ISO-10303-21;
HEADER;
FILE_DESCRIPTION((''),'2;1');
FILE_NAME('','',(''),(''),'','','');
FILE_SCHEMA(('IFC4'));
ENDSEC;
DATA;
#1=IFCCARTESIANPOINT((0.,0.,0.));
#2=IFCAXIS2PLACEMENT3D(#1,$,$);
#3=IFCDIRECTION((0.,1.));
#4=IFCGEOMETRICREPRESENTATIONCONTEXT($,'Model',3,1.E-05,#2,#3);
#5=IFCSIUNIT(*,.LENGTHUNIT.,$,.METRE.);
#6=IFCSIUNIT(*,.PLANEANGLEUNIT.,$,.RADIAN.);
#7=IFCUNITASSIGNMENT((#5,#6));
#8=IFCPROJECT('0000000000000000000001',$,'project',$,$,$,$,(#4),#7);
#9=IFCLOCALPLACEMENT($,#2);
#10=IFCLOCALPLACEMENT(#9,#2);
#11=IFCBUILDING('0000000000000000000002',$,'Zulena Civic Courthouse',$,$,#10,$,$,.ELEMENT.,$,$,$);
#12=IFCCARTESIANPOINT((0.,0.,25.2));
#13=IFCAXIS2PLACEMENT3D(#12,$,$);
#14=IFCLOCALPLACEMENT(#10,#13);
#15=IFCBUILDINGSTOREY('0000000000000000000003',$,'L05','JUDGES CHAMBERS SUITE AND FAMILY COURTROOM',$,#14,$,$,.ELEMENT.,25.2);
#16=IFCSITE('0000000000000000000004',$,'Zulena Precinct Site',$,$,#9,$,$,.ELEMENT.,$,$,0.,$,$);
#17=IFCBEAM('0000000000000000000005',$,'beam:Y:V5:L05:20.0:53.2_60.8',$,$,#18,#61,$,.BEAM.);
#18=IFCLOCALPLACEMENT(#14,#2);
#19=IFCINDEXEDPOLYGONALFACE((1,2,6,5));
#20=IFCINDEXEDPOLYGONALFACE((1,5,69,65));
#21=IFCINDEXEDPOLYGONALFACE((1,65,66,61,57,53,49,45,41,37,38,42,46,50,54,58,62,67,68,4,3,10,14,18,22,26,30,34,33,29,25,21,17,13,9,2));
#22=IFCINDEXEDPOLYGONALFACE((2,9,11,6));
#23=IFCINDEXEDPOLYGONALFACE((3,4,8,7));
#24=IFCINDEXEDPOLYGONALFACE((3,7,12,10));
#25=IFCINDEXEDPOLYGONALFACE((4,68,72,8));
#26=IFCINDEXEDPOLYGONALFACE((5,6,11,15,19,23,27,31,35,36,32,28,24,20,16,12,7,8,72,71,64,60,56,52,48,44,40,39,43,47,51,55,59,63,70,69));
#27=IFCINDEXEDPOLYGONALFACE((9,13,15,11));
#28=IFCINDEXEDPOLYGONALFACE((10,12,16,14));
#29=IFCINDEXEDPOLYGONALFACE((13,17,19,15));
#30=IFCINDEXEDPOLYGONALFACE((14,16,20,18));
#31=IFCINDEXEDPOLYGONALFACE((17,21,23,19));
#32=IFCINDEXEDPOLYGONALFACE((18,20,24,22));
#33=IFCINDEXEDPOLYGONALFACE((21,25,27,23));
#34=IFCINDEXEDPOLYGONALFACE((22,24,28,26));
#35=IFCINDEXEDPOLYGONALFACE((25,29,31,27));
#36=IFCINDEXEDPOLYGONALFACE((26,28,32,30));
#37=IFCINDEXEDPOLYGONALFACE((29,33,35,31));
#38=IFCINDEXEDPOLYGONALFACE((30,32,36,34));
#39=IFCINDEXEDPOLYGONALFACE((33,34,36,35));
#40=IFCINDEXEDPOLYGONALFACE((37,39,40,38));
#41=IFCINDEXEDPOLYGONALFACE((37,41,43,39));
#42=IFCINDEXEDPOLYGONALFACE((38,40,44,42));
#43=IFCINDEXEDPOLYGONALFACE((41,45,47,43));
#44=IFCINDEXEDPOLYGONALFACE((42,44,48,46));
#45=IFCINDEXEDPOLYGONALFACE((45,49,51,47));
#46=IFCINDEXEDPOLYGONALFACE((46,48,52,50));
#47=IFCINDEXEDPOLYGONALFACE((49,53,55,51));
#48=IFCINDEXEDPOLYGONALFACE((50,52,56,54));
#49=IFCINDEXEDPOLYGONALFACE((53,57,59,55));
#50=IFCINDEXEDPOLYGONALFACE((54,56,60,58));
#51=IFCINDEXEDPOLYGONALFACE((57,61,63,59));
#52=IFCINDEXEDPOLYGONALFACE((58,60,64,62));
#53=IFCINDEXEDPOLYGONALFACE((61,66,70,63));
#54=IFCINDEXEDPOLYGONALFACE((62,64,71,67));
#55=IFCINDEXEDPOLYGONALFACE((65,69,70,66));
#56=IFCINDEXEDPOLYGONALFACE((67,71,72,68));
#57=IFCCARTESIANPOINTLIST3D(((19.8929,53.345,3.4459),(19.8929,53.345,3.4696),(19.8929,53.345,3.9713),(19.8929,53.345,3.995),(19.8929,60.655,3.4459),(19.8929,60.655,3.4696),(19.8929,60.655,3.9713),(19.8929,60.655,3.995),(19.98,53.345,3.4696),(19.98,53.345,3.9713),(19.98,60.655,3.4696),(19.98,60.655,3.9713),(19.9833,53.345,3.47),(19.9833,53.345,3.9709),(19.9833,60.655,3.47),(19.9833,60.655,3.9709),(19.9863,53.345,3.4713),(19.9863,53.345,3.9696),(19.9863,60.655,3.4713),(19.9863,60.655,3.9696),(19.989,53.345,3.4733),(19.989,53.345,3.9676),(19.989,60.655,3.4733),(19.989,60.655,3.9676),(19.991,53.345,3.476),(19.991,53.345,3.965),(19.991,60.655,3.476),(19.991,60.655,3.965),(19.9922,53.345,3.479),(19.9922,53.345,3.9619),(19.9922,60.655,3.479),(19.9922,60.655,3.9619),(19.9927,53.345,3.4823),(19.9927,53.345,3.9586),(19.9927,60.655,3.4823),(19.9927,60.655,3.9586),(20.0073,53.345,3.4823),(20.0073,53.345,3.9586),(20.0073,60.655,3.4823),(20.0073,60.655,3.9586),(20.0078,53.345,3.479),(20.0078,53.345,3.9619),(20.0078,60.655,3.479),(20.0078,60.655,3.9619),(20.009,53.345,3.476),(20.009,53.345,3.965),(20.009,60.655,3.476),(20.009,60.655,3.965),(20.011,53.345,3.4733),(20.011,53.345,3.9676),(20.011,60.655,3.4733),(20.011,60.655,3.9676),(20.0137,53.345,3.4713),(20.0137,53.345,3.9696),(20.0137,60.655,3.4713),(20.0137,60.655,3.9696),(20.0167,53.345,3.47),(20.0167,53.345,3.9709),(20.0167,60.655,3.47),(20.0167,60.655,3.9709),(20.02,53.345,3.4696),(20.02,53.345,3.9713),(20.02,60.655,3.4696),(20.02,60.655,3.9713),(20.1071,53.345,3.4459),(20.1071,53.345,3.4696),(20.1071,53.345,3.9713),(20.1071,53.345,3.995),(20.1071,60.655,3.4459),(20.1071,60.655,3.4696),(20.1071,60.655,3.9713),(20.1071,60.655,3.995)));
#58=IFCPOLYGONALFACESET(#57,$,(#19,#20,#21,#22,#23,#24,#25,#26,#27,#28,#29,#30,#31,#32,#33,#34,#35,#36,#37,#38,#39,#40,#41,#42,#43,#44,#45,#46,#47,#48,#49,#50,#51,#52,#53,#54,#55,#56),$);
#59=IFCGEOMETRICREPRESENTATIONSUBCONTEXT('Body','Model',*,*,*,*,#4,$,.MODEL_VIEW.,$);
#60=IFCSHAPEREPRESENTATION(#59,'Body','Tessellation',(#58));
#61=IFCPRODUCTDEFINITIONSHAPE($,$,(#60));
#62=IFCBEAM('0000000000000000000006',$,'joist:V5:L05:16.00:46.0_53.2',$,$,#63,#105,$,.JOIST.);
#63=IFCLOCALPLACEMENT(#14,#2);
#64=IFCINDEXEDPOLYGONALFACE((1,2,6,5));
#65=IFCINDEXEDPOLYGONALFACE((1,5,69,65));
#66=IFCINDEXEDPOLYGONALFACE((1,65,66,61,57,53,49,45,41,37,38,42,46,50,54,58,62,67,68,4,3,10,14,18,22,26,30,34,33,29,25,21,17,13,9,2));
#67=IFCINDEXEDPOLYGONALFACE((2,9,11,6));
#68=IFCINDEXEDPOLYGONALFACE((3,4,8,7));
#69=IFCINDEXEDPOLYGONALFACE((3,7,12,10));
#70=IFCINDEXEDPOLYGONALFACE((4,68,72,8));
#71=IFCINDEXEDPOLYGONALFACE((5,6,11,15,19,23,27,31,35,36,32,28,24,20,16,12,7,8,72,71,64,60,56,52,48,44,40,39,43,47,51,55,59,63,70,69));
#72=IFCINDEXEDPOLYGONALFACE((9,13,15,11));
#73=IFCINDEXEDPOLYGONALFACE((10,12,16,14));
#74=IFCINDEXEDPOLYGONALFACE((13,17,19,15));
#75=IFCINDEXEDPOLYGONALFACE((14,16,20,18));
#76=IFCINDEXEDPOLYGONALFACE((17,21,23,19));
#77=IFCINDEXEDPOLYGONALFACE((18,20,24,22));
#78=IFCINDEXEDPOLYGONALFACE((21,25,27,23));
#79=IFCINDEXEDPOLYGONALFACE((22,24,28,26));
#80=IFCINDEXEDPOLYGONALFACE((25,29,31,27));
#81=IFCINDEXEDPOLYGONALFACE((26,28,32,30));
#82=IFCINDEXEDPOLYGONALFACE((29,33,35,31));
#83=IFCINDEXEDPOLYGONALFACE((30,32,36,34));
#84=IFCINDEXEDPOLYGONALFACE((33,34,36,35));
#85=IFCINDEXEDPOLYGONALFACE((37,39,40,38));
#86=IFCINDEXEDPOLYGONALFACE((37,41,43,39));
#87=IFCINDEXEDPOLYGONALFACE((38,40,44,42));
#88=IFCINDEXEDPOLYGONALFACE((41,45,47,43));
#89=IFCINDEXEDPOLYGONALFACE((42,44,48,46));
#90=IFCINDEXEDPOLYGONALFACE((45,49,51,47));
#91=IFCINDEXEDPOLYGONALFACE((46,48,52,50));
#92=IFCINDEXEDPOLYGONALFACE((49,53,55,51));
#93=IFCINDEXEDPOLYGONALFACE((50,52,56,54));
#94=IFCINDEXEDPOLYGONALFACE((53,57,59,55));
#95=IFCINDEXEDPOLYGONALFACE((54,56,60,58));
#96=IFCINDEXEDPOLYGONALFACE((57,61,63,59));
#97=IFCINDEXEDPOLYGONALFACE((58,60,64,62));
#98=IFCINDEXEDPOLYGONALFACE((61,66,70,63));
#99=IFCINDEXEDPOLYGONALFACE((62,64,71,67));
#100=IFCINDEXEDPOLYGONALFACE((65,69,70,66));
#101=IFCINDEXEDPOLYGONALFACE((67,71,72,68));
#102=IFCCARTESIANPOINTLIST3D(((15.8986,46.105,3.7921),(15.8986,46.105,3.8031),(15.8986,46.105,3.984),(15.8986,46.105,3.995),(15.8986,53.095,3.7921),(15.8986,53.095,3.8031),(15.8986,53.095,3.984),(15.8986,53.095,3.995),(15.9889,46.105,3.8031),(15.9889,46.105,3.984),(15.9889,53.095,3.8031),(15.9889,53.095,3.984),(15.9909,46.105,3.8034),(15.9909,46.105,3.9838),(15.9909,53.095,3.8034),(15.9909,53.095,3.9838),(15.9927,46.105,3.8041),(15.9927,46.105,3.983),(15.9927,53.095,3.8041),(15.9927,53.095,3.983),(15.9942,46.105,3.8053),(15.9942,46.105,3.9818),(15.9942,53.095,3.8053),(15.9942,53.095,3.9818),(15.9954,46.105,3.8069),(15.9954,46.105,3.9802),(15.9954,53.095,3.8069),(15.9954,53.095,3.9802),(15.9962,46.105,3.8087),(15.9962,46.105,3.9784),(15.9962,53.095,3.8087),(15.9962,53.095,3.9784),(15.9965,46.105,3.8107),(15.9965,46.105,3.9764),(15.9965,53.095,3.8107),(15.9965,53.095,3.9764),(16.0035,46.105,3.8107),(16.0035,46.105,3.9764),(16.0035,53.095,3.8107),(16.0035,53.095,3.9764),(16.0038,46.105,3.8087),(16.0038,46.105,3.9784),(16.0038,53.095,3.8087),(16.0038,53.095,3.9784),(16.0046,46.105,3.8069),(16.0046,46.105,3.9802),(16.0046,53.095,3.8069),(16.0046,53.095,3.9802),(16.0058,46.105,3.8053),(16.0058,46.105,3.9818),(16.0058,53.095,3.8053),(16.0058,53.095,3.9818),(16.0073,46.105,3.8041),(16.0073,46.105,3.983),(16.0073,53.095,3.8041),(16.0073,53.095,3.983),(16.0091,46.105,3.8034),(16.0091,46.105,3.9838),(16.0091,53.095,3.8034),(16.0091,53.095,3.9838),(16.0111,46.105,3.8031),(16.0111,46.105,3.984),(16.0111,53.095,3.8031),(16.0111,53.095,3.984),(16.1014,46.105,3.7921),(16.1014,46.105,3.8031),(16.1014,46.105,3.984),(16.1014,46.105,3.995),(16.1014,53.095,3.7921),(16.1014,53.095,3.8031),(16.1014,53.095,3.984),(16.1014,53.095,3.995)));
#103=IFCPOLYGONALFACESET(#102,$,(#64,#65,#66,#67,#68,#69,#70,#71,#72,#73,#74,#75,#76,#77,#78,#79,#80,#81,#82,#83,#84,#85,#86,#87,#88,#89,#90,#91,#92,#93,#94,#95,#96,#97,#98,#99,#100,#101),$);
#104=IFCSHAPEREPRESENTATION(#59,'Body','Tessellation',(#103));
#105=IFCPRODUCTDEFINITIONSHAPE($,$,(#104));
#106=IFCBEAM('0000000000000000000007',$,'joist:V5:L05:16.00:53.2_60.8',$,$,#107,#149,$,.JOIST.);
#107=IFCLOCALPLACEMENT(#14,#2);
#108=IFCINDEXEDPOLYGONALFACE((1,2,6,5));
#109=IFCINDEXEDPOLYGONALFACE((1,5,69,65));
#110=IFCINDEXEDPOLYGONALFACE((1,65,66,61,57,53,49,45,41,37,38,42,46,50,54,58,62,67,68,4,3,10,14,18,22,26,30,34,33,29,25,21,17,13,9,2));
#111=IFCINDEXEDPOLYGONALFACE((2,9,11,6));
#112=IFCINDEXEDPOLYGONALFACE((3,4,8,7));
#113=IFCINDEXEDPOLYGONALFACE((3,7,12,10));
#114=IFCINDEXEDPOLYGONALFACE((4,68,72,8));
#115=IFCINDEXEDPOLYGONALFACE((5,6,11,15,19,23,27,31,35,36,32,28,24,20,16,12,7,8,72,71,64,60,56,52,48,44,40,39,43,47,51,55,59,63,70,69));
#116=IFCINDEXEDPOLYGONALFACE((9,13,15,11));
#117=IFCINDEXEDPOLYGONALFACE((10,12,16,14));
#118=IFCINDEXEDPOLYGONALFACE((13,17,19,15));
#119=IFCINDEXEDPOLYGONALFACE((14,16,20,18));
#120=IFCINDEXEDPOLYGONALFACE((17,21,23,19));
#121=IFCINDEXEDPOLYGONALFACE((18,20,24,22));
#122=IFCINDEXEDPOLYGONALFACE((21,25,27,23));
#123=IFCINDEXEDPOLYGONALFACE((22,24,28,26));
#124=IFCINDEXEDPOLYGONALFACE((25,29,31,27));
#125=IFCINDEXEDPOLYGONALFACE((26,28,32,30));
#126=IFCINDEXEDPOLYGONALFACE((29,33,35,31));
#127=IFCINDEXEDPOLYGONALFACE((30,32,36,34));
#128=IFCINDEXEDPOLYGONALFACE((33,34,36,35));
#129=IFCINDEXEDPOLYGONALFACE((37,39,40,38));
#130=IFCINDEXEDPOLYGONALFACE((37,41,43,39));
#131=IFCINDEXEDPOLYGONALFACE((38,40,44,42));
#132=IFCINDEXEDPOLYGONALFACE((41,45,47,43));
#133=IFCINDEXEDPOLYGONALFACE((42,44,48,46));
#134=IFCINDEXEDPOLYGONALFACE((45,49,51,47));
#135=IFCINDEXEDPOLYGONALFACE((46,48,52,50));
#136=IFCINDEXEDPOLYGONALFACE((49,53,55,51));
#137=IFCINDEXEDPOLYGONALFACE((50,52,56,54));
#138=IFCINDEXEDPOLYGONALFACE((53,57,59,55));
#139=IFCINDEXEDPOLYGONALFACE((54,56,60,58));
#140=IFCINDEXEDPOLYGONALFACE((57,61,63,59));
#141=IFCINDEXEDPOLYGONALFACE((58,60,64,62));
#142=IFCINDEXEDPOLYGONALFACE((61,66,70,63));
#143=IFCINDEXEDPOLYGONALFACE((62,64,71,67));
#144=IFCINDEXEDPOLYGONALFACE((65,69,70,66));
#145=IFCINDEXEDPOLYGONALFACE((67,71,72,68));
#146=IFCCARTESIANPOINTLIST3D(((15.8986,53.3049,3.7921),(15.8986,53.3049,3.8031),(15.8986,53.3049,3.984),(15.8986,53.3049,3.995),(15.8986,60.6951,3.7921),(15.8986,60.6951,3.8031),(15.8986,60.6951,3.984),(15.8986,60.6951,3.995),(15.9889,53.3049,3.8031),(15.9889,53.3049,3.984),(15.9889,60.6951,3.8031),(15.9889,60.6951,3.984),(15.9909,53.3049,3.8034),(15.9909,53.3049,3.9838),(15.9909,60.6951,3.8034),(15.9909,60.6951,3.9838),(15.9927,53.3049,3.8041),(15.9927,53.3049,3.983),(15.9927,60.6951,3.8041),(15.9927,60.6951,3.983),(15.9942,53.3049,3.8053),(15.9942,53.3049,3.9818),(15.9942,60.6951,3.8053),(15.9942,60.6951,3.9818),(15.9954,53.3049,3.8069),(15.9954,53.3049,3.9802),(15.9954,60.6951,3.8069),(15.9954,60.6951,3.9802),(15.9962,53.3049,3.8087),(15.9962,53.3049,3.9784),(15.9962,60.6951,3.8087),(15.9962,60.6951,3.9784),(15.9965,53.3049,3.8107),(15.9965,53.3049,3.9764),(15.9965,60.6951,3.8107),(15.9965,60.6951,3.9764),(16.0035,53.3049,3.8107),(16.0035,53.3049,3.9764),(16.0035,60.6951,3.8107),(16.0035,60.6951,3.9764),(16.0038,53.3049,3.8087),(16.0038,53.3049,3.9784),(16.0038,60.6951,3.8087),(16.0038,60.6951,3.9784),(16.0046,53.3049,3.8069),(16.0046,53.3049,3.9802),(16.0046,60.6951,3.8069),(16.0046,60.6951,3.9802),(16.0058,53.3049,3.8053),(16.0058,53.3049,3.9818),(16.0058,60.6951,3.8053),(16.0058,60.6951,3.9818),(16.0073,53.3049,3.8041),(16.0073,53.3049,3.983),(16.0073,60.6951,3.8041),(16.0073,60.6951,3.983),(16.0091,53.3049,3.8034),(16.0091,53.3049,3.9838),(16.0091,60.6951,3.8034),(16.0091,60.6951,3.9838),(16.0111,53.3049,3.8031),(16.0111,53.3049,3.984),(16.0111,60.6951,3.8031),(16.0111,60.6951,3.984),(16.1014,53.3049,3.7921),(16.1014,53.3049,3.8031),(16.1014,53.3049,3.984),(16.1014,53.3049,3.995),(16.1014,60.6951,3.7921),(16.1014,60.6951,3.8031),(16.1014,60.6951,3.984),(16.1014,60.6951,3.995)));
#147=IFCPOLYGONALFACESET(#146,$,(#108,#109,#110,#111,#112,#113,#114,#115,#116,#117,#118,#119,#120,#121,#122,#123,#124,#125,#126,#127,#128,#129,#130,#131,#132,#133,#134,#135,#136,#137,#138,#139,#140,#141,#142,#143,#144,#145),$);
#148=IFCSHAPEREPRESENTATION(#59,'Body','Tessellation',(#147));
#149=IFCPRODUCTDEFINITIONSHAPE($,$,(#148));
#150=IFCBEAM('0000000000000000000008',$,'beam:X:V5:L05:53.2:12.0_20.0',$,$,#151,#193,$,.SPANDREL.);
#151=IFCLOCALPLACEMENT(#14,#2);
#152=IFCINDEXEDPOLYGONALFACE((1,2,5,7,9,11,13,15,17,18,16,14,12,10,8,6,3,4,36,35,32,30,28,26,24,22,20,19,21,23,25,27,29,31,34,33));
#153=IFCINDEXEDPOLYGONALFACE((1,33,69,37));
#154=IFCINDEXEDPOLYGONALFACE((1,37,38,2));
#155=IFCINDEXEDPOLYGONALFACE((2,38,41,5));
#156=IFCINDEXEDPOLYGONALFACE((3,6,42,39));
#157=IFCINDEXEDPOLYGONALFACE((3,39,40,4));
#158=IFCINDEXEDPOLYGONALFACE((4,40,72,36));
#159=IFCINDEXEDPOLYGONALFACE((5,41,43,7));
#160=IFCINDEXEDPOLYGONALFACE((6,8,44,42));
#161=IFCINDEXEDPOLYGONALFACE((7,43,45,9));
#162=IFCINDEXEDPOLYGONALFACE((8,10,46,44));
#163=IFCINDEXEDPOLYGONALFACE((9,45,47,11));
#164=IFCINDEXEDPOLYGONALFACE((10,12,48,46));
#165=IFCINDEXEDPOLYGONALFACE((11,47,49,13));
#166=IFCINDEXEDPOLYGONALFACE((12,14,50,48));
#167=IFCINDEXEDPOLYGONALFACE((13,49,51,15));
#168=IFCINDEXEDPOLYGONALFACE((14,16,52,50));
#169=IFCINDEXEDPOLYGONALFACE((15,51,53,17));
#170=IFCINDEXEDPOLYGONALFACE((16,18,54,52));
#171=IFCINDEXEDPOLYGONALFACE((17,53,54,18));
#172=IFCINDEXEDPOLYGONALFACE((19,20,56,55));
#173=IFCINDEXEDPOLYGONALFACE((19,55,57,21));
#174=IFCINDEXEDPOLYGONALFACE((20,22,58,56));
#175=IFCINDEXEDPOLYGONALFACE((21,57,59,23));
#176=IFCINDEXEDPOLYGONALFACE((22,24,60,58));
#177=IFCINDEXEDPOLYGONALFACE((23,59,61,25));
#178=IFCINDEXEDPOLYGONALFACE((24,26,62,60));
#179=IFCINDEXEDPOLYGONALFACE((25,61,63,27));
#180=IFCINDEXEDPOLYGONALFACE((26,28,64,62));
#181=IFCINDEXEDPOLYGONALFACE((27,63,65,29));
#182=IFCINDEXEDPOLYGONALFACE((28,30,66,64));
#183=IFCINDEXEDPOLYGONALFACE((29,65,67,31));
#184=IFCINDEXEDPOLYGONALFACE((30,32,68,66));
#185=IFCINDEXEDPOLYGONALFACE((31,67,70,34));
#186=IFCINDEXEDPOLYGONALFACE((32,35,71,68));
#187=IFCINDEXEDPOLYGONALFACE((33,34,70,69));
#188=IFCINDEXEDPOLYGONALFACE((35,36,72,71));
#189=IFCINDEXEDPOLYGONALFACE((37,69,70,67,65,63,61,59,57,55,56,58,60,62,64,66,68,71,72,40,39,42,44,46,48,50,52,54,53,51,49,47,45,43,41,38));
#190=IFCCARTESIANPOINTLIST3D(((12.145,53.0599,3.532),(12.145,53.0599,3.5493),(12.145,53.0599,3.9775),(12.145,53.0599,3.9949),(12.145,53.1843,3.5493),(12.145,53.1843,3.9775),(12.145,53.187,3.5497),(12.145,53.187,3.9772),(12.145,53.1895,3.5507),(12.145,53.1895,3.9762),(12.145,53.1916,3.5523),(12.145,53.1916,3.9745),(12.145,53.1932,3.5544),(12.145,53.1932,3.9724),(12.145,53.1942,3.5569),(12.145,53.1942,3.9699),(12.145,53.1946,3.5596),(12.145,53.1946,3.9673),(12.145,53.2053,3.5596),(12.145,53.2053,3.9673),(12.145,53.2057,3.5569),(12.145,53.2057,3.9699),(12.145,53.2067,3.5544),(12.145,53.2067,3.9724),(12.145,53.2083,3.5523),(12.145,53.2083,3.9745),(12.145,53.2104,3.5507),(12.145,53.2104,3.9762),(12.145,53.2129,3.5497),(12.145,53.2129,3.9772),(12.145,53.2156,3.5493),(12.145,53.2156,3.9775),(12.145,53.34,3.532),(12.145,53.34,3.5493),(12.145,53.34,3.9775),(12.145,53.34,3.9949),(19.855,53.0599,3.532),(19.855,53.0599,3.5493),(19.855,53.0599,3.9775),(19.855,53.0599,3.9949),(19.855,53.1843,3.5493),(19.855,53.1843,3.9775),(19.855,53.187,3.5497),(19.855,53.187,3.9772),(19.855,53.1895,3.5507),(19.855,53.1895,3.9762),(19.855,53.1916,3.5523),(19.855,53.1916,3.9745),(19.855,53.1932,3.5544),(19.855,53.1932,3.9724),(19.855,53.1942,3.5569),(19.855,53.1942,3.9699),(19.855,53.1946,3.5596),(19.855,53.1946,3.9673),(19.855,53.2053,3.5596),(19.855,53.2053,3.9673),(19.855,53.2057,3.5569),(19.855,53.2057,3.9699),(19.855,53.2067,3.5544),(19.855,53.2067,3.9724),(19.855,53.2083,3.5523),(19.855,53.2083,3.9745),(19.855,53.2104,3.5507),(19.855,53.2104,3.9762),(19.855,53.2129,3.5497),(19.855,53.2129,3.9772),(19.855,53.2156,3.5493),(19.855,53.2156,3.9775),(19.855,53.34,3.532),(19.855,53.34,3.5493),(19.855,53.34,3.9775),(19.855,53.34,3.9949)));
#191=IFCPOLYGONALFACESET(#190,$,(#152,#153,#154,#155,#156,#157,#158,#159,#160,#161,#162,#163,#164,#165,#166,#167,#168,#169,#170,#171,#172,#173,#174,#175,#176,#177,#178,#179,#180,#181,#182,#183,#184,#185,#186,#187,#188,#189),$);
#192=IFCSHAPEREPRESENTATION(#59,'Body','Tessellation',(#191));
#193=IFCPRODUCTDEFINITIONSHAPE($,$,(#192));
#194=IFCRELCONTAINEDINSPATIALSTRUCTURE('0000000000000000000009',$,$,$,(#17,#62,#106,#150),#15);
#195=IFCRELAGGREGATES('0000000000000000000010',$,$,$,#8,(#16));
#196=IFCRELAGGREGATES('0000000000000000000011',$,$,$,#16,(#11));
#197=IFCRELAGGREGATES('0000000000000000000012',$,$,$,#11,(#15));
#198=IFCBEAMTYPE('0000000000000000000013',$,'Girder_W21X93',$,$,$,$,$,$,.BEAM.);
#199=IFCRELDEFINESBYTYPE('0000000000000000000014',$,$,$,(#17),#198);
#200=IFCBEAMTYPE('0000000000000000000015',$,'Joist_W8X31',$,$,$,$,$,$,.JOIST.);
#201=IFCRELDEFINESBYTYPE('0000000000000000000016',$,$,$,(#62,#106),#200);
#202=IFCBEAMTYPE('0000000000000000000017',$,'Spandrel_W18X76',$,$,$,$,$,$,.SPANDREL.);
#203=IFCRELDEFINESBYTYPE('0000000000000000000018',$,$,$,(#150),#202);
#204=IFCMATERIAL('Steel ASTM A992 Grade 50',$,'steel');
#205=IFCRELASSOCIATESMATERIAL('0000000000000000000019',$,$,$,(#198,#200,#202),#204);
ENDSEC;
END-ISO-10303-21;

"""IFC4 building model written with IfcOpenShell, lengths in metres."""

from ifc_helpers import new_model, si_unit, direction, frame, origin, origin_2d, place, context, subcontext, project, spatial, i_section, extrude, material, material_profile, profile_set, type_object, element, save


model = new_model("IFC4")

# Units and contexts
model_context = context("Model", 3, precision=1e-05, world=origin(), true_north=direction((0.0, 1.0)))
body_context = subcontext(model_context, "Body", "Model", "MODEL_VIEW")
ifc_project = project(units=[si_unit("LENGTHUNIT", "METRE"), si_unit("PLANEANGLEUNIT", "RADIAN")], contexts=[model_context])

# Site, building, storey
site_placement = place(None, origin())
site = spatial("IfcSite", under=ifc_project, at=site_placement, Name="Zulena Precinct Site", CompositionType="ELEMENT", RefElevation=0.0)
building_placement = place(site_placement, origin())
building = spatial("IfcBuilding", under=site, at=building_placement, Name="Zulena Civic Courthouse", CompositionType="ELEMENT")
storey_placement = place(building_placement, frame((0.0, 0.0, 25.2)))
storey = spatial("IfcBuildingStorey", under=building, at=storey_placement, Name="L05", Description="JUDGES CHAMBERS SUITE AND FAMILY COURTROOM", CompositionType="ELEMENT", Elevation=25.2)

# Shared definitions
ifc_material_1 = material(Name="Steel ASTM A992 Grade 50", Category="steel")

# Beams
ifc_material_profile_1 = material_profile(ifc_material_1, i_section(OverallWidth=0.2141, OverallDepth=0.5491, WebThickness=0.0146, FlangeThickness=0.0237, FilletRadius=0.0127, at=origin_2d()), Name="W21X93")
ifc_profile_set_1 = profile_set([ifc_material_profile_1], Name="Steel ASTM A992 Grade 50")
beam_type_1 = type_object("IfcBeamType", Name="Girder_W21X93", PredefinedType="BEAM", material=ifc_profile_set_1)
beam_1_placement = place(storey_placement, frame((20.0, 53.345, 3.7205), z_axis=(0.0, 1.0, 0.0), x_axis=(-1.0, 0.0, 0.0)))
element("IfcBeam", 1, at=beam_1_placement, inside=storey, type_object=beam_type_1, Name="beam:Y:V5:L05:20.0:53.2_60.8", PredefinedType="BEAM", context=body_context, shape_type="SweptSolid", body=[
    extrude(i_section(OverallWidth=0.2141, OverallDepth=0.5491, WebThickness=0.0146, FlangeThickness=0.0237, FilletRadius=0.0127, at=origin_2d()), origin(), (0.0, 0.0, 1.0), 7.3101),
])
ifc_material_profile_2 = material_profile(ifc_material_1, i_section(OverallWidth=0.2029, OverallDepth=0.2029, WebThickness=0.0071, FlangeThickness=0.011, FilletRadius=0.0076, at=origin_2d()), Name="W8X31")
ifc_profile_set_2 = profile_set([ifc_material_profile_2], Name="Steel ASTM A992 Grade 50")
beam_type_2 = type_object("IfcBeamType", Name="Joist_W8X31", PredefinedType="JOIST", material=ifc_profile_set_2)
beam_2_placement = place(storey_placement, frame((16.0, 46.105, 3.8936), z_axis=(0.0, 1.0, 0.0), x_axis=(-1.0, 0.0, 0.0)))
element("IfcBeam", 2, at=beam_2_placement, inside=storey, type_object=beam_type_2, Name="joist:V5:L05:16.00:46.0_53.2", PredefinedType="JOIST", context=body_context, shape_type="SweptSolid", body=[
    extrude(i_section(OverallWidth=0.2029, OverallDepth=0.2029, WebThickness=0.0071, FlangeThickness=0.011, FilletRadius=0.0076, at=origin_2d()), origin(), (0.0, 0.0, 1.0), 6.99),
])
beam_3_placement = place(storey_placement, frame((16.0, 53.3049, 3.8936), z_axis=(0.0, 1.0, 0.0), x_axis=(-1.0, 0.0, 0.0)))
element("IfcBeam", 3, at=beam_3_placement, inside=storey, type_object=beam_type_2, Name="joist:V5:L05:16.00:53.2_60.8", PredefinedType="JOIST", context=body_context, shape_type="SweptSolid", body=[
    extrude(i_section(OverallWidth=0.2029, OverallDepth=0.2029, WebThickness=0.0071, FlangeThickness=0.011, FilletRadius=0.0076, at=origin_2d()), origin(), (0.0, 0.0, 1.0), 7.3901),
])
ifc_material_profile_3 = material_profile(ifc_material_1, i_section(OverallWidth=0.28, OverallDepth=0.4629, WebThickness=0.0107, FlangeThickness=0.0173, FilletRadius=0.0103, at=origin_2d()), Name="W18X76")
ifc_profile_set_3 = profile_set([ifc_material_profile_3], Name="Steel ASTM A992 Grade 50")
beam_type_3 = type_object("IfcBeamType", Name="Spandrel_W18X76", PredefinedType="SPANDREL", material=ifc_profile_set_3)
for number, where, z_axis, x_axis, name in (
    (4, (12.145, 53.2, 3.7634), (1.0, 0.0, 0.0), (0.0, 1.0, 0.0), "beam:X:V5:L05:53.2:12.0_20.0"),
):
    element("IfcBeam", number, at=place(storey_placement, frame(where, z_axis=z_axis, x_axis=x_axis)), inside=storey, type_object=beam_type_3, Name=name, PredefinedType="SPANDREL", context=body_context, shape_type="SweptSolid", body=[
        extrude(i_section(OverallWidth=0.28, OverallDepth=0.4629, WebThickness=0.0107, FlangeThickness=0.0173, FilletRadius=0.0103, at=origin_2d()), origin(), (0.0, 0.0, 1.0), 7.71),
    ])

save(model, "model.ifc")
